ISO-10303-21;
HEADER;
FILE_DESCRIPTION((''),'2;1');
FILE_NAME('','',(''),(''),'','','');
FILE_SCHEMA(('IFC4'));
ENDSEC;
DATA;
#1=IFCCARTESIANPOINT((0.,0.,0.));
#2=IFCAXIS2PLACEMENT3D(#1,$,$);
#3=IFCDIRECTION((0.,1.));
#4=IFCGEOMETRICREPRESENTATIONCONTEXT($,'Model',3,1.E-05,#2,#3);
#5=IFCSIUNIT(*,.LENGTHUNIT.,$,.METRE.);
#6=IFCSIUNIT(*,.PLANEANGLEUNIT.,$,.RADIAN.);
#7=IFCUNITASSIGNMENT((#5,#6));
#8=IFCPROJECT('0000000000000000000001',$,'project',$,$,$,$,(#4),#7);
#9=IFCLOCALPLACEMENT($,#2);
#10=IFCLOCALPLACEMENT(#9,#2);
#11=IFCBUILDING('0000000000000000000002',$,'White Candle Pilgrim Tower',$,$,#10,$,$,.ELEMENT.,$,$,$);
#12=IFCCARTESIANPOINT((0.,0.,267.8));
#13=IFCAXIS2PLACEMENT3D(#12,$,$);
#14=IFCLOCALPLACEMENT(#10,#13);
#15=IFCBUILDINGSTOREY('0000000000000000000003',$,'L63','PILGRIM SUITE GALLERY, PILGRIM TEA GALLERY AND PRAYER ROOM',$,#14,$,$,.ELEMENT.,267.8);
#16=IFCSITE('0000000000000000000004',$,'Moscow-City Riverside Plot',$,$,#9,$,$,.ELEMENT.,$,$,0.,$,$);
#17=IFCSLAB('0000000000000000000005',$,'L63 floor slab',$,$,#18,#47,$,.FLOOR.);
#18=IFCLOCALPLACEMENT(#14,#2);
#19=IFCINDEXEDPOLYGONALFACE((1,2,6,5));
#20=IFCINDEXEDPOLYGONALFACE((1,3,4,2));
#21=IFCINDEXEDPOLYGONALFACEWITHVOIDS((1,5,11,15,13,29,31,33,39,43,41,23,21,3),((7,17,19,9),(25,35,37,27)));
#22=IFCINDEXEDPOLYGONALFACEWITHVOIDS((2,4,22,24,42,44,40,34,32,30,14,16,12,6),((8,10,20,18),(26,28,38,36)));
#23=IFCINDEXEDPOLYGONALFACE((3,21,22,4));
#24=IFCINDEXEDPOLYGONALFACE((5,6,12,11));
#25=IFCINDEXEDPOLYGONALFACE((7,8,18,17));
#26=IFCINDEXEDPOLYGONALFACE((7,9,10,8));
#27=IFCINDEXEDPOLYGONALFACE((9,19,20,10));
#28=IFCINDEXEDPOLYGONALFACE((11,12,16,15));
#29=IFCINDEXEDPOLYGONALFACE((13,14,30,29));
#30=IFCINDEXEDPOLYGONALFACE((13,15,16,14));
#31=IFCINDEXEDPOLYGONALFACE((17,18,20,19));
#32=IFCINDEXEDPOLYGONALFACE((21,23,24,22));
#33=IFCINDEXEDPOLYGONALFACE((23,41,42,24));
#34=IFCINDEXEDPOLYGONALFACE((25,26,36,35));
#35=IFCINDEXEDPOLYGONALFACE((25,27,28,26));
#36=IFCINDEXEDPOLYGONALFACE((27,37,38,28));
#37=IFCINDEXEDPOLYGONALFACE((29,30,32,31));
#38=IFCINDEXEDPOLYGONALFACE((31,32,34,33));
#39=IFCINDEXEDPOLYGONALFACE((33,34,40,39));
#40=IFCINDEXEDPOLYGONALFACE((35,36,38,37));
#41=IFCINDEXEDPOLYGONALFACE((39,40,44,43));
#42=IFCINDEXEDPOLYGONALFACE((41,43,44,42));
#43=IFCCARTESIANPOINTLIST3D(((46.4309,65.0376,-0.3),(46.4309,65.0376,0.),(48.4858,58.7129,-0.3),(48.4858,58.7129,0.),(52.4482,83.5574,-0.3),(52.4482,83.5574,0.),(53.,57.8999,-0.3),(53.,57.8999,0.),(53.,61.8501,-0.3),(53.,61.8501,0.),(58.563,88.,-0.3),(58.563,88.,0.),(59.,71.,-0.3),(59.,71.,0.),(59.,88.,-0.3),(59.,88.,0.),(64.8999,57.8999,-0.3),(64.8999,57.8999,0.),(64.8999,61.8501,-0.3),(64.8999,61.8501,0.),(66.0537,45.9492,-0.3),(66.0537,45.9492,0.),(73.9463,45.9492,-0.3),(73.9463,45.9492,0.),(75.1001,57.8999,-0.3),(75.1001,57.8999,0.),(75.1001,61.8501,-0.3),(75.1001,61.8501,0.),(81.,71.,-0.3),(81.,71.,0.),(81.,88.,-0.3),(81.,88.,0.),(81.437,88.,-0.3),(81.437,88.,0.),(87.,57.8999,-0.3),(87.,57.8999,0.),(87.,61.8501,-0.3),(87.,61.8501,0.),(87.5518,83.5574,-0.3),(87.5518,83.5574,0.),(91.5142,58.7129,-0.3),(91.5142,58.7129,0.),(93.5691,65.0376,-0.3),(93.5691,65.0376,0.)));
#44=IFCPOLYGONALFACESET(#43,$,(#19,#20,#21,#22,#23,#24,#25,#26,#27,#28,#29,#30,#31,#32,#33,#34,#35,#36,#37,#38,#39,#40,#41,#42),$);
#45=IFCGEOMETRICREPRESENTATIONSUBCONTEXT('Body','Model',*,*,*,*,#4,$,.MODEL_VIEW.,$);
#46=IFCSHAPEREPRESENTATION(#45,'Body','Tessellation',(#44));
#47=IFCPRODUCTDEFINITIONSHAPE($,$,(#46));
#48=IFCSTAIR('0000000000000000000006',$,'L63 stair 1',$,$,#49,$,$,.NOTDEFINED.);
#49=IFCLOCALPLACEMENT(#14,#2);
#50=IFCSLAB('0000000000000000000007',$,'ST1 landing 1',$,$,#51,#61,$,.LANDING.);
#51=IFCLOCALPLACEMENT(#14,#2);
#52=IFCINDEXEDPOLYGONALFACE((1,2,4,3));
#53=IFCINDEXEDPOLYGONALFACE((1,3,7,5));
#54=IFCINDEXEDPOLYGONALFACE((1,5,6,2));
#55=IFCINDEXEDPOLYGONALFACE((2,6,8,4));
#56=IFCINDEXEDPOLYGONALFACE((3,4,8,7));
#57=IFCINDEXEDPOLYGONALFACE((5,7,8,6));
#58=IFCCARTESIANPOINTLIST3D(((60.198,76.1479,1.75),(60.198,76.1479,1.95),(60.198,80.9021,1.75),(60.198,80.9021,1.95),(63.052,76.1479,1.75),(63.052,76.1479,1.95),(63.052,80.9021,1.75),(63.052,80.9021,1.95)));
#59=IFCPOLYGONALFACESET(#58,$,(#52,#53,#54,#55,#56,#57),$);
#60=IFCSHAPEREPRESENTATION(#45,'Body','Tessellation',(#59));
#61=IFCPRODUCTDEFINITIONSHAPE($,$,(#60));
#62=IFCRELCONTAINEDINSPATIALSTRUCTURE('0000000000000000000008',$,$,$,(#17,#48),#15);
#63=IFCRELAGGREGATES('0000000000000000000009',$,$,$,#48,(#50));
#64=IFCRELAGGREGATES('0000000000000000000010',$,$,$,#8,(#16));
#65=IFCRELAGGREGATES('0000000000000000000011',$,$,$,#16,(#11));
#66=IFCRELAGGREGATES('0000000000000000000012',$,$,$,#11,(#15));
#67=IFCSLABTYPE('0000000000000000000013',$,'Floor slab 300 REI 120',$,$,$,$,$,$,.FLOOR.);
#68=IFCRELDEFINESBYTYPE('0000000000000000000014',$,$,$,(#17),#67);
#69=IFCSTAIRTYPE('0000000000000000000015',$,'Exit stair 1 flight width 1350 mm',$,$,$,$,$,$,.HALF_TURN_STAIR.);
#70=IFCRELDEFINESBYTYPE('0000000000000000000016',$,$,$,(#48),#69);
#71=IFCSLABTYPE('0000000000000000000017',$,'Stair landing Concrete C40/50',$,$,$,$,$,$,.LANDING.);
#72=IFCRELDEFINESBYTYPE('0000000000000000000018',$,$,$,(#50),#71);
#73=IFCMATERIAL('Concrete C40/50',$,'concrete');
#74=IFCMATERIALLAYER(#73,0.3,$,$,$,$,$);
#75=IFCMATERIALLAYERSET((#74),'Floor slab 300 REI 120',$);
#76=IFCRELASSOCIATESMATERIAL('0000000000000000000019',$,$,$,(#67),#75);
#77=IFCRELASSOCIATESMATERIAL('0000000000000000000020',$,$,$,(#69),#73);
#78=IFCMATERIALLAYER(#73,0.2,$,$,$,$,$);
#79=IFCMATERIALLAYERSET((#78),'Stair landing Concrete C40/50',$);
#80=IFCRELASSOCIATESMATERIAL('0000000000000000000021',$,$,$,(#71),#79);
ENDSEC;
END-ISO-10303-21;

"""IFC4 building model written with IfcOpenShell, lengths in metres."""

from ifc_helpers import new_model, si_unit, direction, frame, origin, place, context, subcontext, project, spatial, polyline, outline, extrude, material, layer, layer_set, type_object, element, aggregate, save


model = new_model("IFC4")

# Units and contexts
model_context = context("Model", 3, precision=1e-05, world=origin(), true_north=direction((0.0, 1.0)))
body_context = subcontext(model_context, "Body", "Model", "MODEL_VIEW")
ifc_project = project(units=[si_unit("LENGTHUNIT", "METRE"), si_unit("PLANEANGLEUNIT", "RADIAN")], contexts=[model_context])

# Site, building, storey
site_placement = place(None, origin())
site = spatial("IfcSite", under=ifc_project, at=site_placement, Name="Moscow-City Riverside Plot", CompositionType="ELEMENT", RefElevation=0.0)
building_placement = place(site_placement, origin())
building = spatial("IfcBuilding", under=site, at=building_placement, Name="White Candle Pilgrim Tower", CompositionType="ELEMENT")
storey_placement = place(building_placement, frame((0.0, 0.0, 267.8)))
storey = spatial("IfcBuildingStorey", under=building, at=storey_placement, Name="L63", Description="PILGRIM SUITE GALLERY, PILGRIM TEA GALLERY AND PRAYER ROOM", CompositionType="ELEMENT", Elevation=267.8)

# Slab
ifc_material = material(Name="Concrete C40/50", Category="concrete")
ifc_layer_1 = layer(ifc_material, 0.3)
ifc_layer_set_1 = layer_set([ifc_layer_1], Name="Floor slab 300 REI 120")
slab_type_1 = type_object("IfcSlabType", Name="Floor slab 300 REI 120", PredefinedType="FLOOR", material=ifc_layer_set_1)
slab_1_placement = place(storey_placement, frame((0.0, 0.0, -0.3)))
element("IfcSlab", 1, at=slab_1_placement, inside=storey, type_object=slab_type_1, Name="L63 floor slab", PredefinedType="FLOOR", context=body_context, shape_type="SweptSolid", body=[
    extrude(outline(polyline([(66.0537, 45.9492), (73.9463, 45.9492), (91.5142, 58.7129), (93.5691, 65.0376), (87.5518, 83.5574), (81.437, 88.0), (81.0, 88.0), (81.0, 71.0), (59.0, 71.0), (59.0, 88.0), (58.563, 88.0), (52.4482, 83.5574), (46.4309, 65.0376), (48.4858, 58.7129), (66.0537, 45.9492)]), holes=[polyline([(53.0, 57.8999), (53.0, 61.8501), (64.8999, 61.8501), (64.8999, 57.8999), (53.0, 57.8999)]), polyline([(75.1001, 57.8999), (75.1001, 61.8501), (87.0, 61.8501), (87.0, 57.8999), (75.1001, 57.8999)])]), origin(), (0.0, 0.0, 1.0), 0.3),
])

# Stair, slab
stair_type = type_object("IfcStairType", Name="Exit stair 1 flight width 1350 mm", PredefinedType="HALF_TURN_STAIR", material=ifc_material)
stair_placement = place(storey_placement, origin())
stair = element("IfcStair", 2, at=stair_placement, inside=storey, type_object=stair_type, Name="L63 stair 1", PredefinedType="NOTDEFINED")
ifc_layer_2 = layer(ifc_material, 0.2)
ifc_layer_set_2 = layer_set([ifc_layer_2], Name="Stair landing Concrete C40/50")
slab_type_2 = type_object("IfcSlabType", Name="Stair landing Concrete C40/50", PredefinedType="LANDING", material=ifc_layer_set_2)
slab_2_placement = place(storey_placement, frame((0.0, 0.0, 1.75)))
slab_2 = element("IfcSlab", 3, at=slab_2_placement, type_object=slab_type_2, Name="ST1 landing 1", PredefinedType="LANDING", context=body_context, shape_type="SweptSolid", body=[
    extrude(outline(polyline([(63.052, 76.1479), (60.198, 76.1479), (60.198, 80.9021), (63.052, 80.9021), (63.052, 76.1479)])), origin(), (0.0, 0.0, 1.0), 0.2),
])
aggregate(stair, [slab_2])

save(model, "model.ifc")
